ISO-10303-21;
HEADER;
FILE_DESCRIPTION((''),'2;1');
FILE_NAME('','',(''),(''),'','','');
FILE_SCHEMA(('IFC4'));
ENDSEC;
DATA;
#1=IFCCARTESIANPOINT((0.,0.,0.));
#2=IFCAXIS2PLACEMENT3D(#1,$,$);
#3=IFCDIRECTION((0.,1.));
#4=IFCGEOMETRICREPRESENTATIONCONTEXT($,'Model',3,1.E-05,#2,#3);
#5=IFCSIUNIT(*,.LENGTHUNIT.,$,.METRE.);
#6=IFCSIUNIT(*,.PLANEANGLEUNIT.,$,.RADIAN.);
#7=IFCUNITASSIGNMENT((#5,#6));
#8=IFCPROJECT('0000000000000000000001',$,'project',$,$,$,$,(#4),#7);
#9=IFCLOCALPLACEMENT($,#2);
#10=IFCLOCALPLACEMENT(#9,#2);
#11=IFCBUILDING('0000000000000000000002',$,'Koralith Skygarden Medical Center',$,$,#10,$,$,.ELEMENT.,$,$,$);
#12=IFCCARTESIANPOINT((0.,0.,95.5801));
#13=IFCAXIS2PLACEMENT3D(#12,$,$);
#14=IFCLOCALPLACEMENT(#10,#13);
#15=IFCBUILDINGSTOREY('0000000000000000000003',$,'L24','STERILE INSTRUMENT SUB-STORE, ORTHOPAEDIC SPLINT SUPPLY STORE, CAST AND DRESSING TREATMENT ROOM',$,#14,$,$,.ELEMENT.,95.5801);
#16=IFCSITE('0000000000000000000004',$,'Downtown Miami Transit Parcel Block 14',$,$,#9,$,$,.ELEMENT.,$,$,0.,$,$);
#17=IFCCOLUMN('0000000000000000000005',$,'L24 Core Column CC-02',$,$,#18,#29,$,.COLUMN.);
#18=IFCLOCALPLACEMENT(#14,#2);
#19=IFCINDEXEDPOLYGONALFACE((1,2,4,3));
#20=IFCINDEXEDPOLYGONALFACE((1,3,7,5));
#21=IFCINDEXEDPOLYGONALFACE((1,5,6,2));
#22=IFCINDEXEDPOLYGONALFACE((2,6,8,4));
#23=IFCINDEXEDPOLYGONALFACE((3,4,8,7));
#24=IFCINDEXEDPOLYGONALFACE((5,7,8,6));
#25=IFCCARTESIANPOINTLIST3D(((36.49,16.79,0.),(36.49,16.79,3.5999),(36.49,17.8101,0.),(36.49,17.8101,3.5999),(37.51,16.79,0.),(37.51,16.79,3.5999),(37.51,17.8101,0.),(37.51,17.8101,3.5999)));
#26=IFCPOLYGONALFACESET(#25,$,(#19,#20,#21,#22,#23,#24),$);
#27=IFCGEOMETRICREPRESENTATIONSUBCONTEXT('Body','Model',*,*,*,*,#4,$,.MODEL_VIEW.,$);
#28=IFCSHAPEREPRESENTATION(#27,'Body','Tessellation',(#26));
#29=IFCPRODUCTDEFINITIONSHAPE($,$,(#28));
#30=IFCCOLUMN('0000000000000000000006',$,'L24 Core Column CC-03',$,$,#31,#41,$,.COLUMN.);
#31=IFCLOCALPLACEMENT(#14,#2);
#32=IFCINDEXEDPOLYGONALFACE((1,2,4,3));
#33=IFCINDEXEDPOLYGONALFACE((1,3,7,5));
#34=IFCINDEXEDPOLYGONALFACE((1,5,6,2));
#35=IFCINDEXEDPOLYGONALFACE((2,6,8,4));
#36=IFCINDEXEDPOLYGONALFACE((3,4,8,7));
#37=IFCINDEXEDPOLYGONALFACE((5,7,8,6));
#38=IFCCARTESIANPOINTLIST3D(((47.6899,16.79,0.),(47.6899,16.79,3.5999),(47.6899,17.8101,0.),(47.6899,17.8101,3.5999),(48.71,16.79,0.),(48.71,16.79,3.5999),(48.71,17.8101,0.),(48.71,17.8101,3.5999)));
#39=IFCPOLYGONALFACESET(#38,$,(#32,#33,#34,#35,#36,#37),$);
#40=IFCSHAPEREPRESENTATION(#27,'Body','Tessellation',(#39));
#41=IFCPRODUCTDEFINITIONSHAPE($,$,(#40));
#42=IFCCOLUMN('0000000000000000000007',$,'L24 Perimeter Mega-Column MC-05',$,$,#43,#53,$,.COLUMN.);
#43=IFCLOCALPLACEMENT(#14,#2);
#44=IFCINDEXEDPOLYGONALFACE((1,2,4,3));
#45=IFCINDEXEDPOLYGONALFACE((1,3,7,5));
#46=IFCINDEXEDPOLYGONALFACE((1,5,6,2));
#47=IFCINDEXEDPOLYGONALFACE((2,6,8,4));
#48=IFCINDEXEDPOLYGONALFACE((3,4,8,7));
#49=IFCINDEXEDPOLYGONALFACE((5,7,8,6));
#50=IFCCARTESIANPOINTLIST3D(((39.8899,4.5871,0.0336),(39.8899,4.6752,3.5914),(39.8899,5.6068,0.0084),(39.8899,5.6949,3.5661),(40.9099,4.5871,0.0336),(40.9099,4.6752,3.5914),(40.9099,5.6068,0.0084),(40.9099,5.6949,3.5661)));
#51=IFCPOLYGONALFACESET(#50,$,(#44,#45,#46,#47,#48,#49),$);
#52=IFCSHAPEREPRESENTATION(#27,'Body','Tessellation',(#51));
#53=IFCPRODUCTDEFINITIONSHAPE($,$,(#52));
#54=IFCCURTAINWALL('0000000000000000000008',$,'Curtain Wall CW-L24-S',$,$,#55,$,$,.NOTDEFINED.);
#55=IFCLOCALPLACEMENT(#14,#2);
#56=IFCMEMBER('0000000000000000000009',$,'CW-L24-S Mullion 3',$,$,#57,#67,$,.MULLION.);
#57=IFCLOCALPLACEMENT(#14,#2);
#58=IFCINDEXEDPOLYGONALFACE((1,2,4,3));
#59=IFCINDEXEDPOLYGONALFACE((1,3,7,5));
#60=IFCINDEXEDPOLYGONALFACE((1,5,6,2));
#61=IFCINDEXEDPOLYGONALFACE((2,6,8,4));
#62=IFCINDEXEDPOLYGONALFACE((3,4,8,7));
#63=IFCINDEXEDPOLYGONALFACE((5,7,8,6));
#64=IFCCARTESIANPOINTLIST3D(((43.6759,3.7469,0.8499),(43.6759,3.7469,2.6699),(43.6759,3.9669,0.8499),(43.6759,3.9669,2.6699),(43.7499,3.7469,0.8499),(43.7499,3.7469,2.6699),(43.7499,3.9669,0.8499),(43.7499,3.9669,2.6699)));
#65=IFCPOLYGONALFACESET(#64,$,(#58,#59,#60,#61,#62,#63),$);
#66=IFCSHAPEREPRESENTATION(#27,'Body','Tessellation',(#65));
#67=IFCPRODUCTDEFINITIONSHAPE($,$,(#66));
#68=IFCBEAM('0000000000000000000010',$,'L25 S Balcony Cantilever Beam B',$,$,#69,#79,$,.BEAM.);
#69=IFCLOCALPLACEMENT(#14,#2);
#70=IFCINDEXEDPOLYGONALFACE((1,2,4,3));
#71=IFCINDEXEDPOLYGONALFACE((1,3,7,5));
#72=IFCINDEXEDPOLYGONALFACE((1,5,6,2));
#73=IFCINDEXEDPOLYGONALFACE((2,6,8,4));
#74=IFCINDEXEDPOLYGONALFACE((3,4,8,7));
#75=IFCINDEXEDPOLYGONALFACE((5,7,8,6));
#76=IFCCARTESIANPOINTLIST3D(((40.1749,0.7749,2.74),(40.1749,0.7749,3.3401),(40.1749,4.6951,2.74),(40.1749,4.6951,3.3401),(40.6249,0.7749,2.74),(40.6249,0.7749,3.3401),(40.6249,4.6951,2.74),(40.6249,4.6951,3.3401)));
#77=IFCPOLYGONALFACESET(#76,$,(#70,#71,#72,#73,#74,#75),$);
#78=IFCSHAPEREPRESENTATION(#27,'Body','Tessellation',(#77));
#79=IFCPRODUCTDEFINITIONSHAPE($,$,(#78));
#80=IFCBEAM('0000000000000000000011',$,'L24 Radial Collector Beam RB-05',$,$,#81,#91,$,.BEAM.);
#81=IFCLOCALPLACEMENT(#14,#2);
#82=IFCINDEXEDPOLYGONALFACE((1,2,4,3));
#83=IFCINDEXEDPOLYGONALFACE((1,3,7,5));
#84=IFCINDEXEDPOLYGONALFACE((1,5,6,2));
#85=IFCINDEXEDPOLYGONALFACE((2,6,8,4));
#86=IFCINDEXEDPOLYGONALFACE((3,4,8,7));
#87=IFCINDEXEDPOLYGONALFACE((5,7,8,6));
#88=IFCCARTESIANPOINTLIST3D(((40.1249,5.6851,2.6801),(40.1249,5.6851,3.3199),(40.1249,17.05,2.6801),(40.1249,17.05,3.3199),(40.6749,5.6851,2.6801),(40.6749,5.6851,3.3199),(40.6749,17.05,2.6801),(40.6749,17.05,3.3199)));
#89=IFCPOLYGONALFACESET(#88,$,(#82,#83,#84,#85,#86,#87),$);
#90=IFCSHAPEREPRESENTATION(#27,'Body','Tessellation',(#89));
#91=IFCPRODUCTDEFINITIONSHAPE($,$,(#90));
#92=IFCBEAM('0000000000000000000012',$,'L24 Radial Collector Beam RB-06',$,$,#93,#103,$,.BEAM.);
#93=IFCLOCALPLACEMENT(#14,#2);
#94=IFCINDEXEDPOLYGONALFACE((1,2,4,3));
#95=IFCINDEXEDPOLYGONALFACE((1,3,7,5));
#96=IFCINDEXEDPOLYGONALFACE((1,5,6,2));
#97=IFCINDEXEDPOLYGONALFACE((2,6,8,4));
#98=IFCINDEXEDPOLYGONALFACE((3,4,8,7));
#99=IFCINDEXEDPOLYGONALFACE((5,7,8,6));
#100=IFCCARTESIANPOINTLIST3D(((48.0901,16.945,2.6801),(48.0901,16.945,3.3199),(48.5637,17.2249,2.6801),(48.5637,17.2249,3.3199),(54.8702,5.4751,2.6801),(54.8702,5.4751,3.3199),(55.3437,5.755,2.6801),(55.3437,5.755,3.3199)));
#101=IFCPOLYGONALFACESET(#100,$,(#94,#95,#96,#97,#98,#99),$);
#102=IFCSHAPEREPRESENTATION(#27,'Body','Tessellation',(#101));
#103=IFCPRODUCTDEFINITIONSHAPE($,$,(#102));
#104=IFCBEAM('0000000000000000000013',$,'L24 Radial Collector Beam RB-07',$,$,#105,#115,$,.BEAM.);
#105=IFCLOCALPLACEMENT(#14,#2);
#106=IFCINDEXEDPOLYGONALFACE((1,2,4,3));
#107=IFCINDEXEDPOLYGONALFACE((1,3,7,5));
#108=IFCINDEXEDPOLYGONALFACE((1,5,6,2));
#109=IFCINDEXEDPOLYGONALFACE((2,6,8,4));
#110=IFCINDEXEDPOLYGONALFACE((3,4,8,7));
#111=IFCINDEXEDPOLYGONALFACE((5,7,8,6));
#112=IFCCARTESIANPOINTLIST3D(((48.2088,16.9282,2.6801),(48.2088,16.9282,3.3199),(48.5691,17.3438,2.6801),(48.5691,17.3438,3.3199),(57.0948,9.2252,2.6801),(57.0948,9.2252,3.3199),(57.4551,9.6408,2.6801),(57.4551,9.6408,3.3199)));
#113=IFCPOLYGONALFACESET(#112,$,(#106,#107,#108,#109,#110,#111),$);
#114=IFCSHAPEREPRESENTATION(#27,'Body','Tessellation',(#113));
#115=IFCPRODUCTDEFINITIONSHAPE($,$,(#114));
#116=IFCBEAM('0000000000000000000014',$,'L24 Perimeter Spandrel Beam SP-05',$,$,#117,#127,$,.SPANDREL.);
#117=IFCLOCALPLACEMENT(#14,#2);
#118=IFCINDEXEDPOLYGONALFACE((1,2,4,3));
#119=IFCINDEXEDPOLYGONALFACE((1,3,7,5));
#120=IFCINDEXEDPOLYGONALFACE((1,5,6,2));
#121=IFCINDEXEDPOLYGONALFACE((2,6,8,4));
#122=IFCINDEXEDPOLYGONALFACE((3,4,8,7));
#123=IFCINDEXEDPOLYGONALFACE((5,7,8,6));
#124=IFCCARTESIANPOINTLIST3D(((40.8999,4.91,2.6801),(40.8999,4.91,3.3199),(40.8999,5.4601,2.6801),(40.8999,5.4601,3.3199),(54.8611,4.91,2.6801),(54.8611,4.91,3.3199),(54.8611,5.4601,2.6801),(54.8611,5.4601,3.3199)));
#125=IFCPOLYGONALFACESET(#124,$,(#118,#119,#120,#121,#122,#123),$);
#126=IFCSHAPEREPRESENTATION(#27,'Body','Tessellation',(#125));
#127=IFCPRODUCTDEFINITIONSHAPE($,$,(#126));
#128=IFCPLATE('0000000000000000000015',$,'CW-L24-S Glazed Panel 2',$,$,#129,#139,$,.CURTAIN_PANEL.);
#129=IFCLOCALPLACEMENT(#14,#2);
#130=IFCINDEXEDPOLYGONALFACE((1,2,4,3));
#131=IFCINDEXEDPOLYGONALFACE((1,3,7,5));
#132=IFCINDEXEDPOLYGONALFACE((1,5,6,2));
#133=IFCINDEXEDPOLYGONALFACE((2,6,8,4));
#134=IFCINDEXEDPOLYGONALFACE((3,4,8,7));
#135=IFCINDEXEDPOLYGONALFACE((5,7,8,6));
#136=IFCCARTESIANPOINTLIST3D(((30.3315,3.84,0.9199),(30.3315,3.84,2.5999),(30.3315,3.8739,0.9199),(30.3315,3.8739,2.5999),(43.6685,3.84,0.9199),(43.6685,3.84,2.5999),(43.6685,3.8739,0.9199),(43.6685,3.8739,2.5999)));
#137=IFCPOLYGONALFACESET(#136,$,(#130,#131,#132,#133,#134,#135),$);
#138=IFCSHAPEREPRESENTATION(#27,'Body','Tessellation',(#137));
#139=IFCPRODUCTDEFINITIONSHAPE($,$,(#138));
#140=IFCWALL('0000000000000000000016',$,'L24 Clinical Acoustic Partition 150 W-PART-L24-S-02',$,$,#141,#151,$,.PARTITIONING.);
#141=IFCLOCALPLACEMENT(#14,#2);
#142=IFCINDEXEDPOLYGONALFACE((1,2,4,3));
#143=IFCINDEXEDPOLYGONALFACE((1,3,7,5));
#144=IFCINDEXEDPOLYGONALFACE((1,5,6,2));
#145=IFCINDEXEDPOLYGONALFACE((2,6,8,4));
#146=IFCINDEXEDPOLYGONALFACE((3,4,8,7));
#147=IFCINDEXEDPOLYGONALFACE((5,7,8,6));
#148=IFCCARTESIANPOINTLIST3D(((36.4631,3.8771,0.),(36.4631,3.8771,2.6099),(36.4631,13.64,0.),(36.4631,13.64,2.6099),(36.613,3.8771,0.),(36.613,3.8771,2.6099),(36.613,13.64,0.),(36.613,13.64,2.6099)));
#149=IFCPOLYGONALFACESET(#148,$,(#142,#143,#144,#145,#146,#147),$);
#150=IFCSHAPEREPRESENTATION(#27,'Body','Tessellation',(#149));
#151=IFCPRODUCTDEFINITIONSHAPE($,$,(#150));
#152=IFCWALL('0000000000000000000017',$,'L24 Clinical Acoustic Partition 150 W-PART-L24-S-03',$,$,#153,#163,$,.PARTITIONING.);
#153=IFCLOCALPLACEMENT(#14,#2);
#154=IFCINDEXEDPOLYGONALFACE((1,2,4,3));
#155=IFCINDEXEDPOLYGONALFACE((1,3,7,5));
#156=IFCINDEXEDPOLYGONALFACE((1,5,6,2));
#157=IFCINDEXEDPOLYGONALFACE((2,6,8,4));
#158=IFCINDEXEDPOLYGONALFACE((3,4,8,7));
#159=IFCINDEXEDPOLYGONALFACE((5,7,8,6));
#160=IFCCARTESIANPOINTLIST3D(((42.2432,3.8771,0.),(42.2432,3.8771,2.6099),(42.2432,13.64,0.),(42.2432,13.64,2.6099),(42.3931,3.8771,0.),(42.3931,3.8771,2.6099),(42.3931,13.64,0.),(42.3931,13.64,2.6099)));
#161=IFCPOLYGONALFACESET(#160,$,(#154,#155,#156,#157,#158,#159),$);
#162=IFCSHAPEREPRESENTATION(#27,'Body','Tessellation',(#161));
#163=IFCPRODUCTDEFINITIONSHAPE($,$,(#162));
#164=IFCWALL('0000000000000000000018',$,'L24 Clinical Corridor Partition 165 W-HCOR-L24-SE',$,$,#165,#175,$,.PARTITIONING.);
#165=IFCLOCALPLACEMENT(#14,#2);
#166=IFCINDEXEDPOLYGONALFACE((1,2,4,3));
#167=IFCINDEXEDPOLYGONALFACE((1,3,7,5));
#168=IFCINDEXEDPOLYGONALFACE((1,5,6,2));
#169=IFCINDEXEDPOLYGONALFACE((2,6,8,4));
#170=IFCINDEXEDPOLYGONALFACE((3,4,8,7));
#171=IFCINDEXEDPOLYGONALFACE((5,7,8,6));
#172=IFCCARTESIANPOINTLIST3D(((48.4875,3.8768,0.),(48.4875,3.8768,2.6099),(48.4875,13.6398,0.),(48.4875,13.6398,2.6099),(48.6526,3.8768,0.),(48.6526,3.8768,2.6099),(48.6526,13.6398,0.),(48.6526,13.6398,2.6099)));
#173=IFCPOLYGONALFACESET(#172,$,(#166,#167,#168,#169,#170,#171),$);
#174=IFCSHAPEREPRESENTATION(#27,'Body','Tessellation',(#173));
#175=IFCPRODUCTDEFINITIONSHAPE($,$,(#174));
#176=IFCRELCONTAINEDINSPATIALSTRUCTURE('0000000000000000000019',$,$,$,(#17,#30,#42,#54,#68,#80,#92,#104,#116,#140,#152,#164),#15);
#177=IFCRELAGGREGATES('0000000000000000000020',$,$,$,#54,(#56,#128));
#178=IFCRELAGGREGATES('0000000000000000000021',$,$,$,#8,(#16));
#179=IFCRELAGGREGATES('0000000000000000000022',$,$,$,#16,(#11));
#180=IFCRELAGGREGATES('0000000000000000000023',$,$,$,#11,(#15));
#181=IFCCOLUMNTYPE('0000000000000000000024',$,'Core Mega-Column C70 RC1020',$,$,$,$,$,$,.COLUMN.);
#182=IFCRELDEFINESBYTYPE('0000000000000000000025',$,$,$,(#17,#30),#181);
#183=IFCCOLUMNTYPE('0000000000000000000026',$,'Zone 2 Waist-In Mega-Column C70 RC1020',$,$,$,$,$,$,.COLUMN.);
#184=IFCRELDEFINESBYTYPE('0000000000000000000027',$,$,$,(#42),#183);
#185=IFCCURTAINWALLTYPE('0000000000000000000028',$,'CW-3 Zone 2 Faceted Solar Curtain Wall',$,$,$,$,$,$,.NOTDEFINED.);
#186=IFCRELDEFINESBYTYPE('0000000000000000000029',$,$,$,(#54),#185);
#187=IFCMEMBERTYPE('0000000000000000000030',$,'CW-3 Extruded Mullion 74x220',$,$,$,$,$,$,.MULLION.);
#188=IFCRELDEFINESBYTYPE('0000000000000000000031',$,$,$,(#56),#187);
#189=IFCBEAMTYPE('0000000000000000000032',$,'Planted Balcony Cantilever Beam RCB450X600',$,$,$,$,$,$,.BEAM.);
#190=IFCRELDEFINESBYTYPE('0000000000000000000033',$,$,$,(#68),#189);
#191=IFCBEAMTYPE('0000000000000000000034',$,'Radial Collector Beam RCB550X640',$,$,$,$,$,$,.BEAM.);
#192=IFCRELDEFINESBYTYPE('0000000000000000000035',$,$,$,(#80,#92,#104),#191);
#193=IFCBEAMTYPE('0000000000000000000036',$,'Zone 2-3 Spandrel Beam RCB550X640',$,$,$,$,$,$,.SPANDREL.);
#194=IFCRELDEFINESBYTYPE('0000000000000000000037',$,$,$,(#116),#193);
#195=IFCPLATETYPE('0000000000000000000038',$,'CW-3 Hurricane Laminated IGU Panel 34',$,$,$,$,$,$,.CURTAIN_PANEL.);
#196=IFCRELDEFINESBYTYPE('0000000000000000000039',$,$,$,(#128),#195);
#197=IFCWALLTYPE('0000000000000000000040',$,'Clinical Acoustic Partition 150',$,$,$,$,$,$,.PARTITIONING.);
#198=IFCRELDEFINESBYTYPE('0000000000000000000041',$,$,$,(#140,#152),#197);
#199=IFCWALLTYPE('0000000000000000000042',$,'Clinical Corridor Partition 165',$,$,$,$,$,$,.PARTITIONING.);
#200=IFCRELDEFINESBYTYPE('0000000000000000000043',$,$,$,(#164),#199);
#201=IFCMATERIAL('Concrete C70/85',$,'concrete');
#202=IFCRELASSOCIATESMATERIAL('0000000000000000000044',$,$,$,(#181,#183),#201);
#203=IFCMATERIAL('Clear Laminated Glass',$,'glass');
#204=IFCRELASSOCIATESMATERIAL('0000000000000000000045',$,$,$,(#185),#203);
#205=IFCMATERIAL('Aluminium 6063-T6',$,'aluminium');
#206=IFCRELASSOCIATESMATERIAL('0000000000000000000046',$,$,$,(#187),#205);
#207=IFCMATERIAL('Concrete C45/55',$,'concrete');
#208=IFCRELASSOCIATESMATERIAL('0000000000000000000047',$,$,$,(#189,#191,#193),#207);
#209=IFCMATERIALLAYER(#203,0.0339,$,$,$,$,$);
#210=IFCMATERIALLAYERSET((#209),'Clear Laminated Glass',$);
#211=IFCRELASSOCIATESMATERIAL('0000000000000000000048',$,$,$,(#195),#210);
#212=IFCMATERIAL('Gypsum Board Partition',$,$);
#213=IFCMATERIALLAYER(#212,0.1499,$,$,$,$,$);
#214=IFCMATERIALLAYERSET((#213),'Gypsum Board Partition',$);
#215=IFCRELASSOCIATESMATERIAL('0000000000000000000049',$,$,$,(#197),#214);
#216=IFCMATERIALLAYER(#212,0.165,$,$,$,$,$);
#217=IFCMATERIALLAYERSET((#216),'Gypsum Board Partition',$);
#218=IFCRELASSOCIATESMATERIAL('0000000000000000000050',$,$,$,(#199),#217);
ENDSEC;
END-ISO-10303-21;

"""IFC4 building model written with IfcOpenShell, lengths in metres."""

from ifc_helpers import new_model, si_unit, direction, frame, frame_2d, origin, origin_2d, place, context, subcontext, project, spatial, rectangle, extrude, material, layer, layer_set, material_profile, profile_set, type_object, element, aggregate, save


model = new_model("IFC4")

# Units and contexts
model_context = context("Model", 3, precision=1e-05, world=origin(), true_north=direction((0.0, 1.0)))
body_context = subcontext(model_context, "Body", "Model", "MODEL_VIEW")
ifc_project = project(units=[si_unit("LENGTHUNIT", "METRE"), si_unit("PLANEANGLEUNIT", "RADIAN")], contexts=[model_context])

# Site, building, storey
site_placement = place(None, origin())
site = spatial("IfcSite", under=ifc_project, at=site_placement, Name="Downtown Miami Transit Parcel Block 14", CompositionType="ELEMENT", RefElevation=0.0)
building_placement = place(site_placement, origin())
building = spatial("IfcBuilding", under=site, at=building_placement, Name="Koralith Skygarden Medical Center", CompositionType="ELEMENT")
storey_placement = place(building_placement, frame((0.0, 0.0, 95.5801)))
storey = spatial("IfcBuildingStorey", under=building, at=storey_placement, Name="L24", Description="STERILE INSTRUMENT SUB-STORE, ORTHOPAEDIC SPLINT SUPPLY STORE, CAST AND DRESSING TREATMENT ROOM", CompositionType="ELEMENT", Elevation=95.5801)

# Columns
ifc_material_1 = material(Name="Concrete C70/85", Category="concrete")
ifc_material_profile_1 = material_profile(ifc_material_1, rectangle(XDim=1.02, YDim=1.02, at=origin_2d()), Name="RC1020X1020")
ifc_profile_set_1 = profile_set([ifc_material_profile_1], Name="Concrete C70/85")
column_type_1 = type_object("IfcColumnType", Name="Core Mega-Column C70 RC1020", PredefinedType="COLUMN", material=ifc_profile_set_1)
for number, where, z_axis, x_axis, name in (
    (1, (37.0, 17.3, 0.0), (0.0, 0.0, 1.0), (1.0, 0.0, 0.0), "L24 Core Column CC-02"),
    (2, (48.2, 17.3, 0.0), (0.0, 0.0, 1.0), (1.0, 0.0, 0.0), "L24 Core Column CC-03"),
):
    element("IfcColumn", number, at=place(storey_placement, frame(where, z_axis=z_axis, x_axis=x_axis)), inside=storey, type_object=column_type_1, Name=name, PredefinedType="COLUMN", context=body_context, shape_type="SweptSolid", body=[
        extrude(rectangle(XDim=1.02, YDim=1.02, at=origin_2d()), origin(), (0.0, 0.0, 1.0), 3.5999),
    ])
ifc_material_profile_2 = material_profile(ifc_material_1, rectangle(XDim=1.02, YDim=1.02, at=origin_2d()), Name="RC1020X1020")
ifc_profile_set_2 = profile_set([ifc_material_profile_2], Name="Concrete C70/85")
column_type_2 = type_object("IfcColumnType", Name="Zone 2 Waist-In Mega-Column C70 RC1020", PredefinedType="COLUMN", material=ifc_profile_set_2)
column_placement = place(storey_placement, frame((40.3999, 5.0969, 0.021), z_axis=(0.0, 0.024764, 0.999693), x_axis=(-1.0, 0.0, 0.0)))
element("IfcColumn", 3, at=column_placement, inside=storey, type_object=column_type_2, Name="L24 Perimeter Mega-Column MC-05", PredefinedType="COLUMN", context=body_context, shape_type="SweptSolid", body=[
    extrude(rectangle(XDim=1.02, YDim=1.02, at=origin_2d()), origin(), (0.0, 0.0, 1.0), 3.5588),
])

# Curtain wall, member
ifc_material_2 = material(Name="Clear Laminated Glass", Category="glass")
curtain_wall_type = type_object("IfcCurtainWallType", Name="CW-3 Zone 2 Faceted Solar Curtain Wall", PredefinedType="NOTDEFINED", material=ifc_material_2)
curtain_wall_placement = place(storey_placement, origin())
curtain_wall = element("IfcCurtainWall", 4, at=curtain_wall_placement, inside=storey, type_object=curtain_wall_type, Name="Curtain Wall CW-L24-S", PredefinedType="NOTDEFINED")
ifc_material_3 = material(Name="Aluminium 6063-T6", Category="aluminium")
ifc_material_profile_3 = material_profile(ifc_material_3, rectangle(XDim=0.074, YDim=0.22, at=origin_2d()), Name="MUL74X220")
ifc_profile_set_3 = profile_set([ifc_material_profile_3], Name="Aluminium 6063-T6")
member_type = type_object("IfcMemberType", Name="CW-3 Extruded Mullion 74x220", PredefinedType="MULLION", material=ifc_profile_set_3)
member_placement = place(storey_placement, frame((43.7129, 3.8569, 0.8499), z_axis=(0.0, 0.0, 1.0), x_axis=(1.0, 0.0, 0.0)))
member = element("IfcMember", 5, at=member_placement, type_object=member_type, Name="CW-L24-S Mullion 3", PredefinedType="MULLION", context=body_context, shape_type="SweptSolid", body=[
    extrude(rectangle(XDim=0.074, YDim=0.22, at=origin_2d()), origin(), (0.0, 0.0, 1.0), 1.8201),
])

# Beams
ifc_material_4 = material(Name="Concrete C45/55", Category="concrete")
ifc_material_profile_4 = material_profile(ifc_material_4, rectangle(XDim=0.45, YDim=0.6001, at=origin_2d()), Name="RCB450X600")
ifc_profile_set_4 = profile_set([ifc_material_profile_4], Name="Concrete C45/55")
beam_type_1 = type_object("IfcBeamType", Name="Planted Balcony Cantilever Beam RCB450X600", PredefinedType="BEAM", material=ifc_profile_set_4)
beam_1_placement = place(storey_placement, frame((40.3999, 4.6951, 3.04), z_axis=(0.0, -1.0, 0.0), x_axis=(1.0, 0.0, 0.0)))
element("IfcBeam", 6, at=beam_1_placement, inside=storey, type_object=beam_type_1, Name="L25 S Balcony Cantilever Beam B", PredefinedType="BEAM", context=body_context, shape_type="SweptSolid", body=[
    extrude(rectangle(XDim=0.45, YDim=0.6001, at=origin_2d()), origin(), (0.0, 0.0, 1.0), 3.9202),
])
ifc_material_profile_5 = material_profile(ifc_material_4, rectangle(XDim=0.55, YDim=0.6399, at=origin_2d()), Name="RCB550X640")
ifc_profile_set_5 = profile_set([ifc_material_profile_5], Name="Concrete C45/55")
beam_type_2 = type_object("IfcBeamType", Name="Radial Collector Beam RCB550X640", PredefinedType="BEAM", material=ifc_profile_set_5)
beam_2_placement = place(storey_placement, frame((40.3999, 17.05, 3.0), z_axis=(0.0, -1.0, 0.0), x_axis=(1.0, 0.0, 0.0)))
element("IfcBeam", 7, at=beam_2_placement, inside=storey, type_object=beam_type_2, Name="L24 Radial Collector Beam RB-05", PredefinedType="BEAM", context=body_context, shape_type="SweptSolid", body=[
    extrude(rectangle(XDim=0.55, YDim=0.6399, at=origin_2d()), origin(), (0.0, 0.0, 1.0), 11.365),
])
beam_3_placement = place(storey_placement, frame((48.3269, 17.085, 3.0), z_axis=(0.508858, -0.86085, 0.0), x_axis=(0.86085, 0.508858, 0.0)))
element("IfcBeam", 8, at=beam_3_placement, inside=storey, type_object=beam_type_2, Name="L24 Radial Collector Beam RB-06", PredefinedType="BEAM", context=body_context, shape_type="SweptSolid", body=[
    extrude(rectangle(XDim=0.55, YDim=0.6399, at=origin_2d()), origin(), (0.0, 0.0, 1.0), 13.324),
])
beam_4_placement = place(storey_placement, frame((48.3889, 17.136, 3.0), z_axis=(0.755618, -0.655013, 0.0), x_axis=(0.655013, 0.755618, 0.0)))
element("IfcBeam", 9, at=beam_4_placement, inside=storey, type_object=beam_type_2, Name="L24 Radial Collector Beam RB-07", PredefinedType="BEAM", context=body_context, shape_type="SweptSolid", body=[
    extrude(rectangle(XDim=0.55, YDim=0.6399, at=origin_2d()), origin(), (0.0, 0.0, 1.0), 11.76),
])
ifc_material_profile_6 = material_profile(ifc_material_4, rectangle(XDim=0.55, YDim=0.6399, at=origin_2d()), Name="RCB550X640")
ifc_profile_set_6 = profile_set([ifc_material_profile_6], Name="Concrete C45/55")
beam_type_3 = type_object("IfcBeamType", Name="Zone 2-3 Spandrel Beam RCB550X640", PredefinedType="SPANDREL", material=ifc_profile_set_6)
beam_5_placement = place(storey_placement, frame((40.8999, 5.1851, 3.0), z_axis=(1.0, 0.0, 0.0), x_axis=(0.0, 1.0, 0.0)))
element("IfcBeam", 10, at=beam_5_placement, inside=storey, type_object=beam_type_3, Name="L24 Perimeter Spandrel Beam SP-05", PredefinedType="SPANDREL", context=body_context, shape_type="SweptSolid", body=[
    extrude(rectangle(XDim=0.55, YDim=0.6399, at=origin_2d()), origin(), (0.0, 0.0, 1.0), 13.9612),
])

# Plate
ifc_layer_1 = layer(ifc_material_2, 0.0339)
ifc_layer_set_1 = layer_set([ifc_layer_1], Name="Clear Laminated Glass")
plate_type = type_object("IfcPlateType", Name="CW-3 Hurricane Laminated IGU Panel 34", PredefinedType="CURTAIN_PANEL", material=ifc_layer_set_1)
plate_placement = place(storey_placement, frame((37.0, 3.8569, 0.9199), z_axis=(0.0, 0.0, 1.0), x_axis=(1.0, 0.0, 0.0)))
plate = element("IfcPlate", 11, at=plate_placement, type_object=plate_type, Name="CW-L24-S Glazed Panel 2", PredefinedType="CURTAIN_PANEL", context=body_context, shape_type="SweptSolid", body=[
    extrude(rectangle(XDim=13.3369, YDim=0.0339, at=origin_2d()), origin(), (0.0, 0.0, 1.0), 1.6799),
])
aggregate(curtain_wall, [member, plate])

# Walls
ifc_material_5 = material(Name="Gypsum Board Partition")
ifc_layer_2 = layer(ifc_material_5, 0.1499)
ifc_layer_set_2 = layer_set([ifc_layer_2], Name="Gypsum Board Partition")
wall_type_1 = type_object("IfcWallType", Name="Clinical Acoustic Partition 150", PredefinedType="PARTITIONING", material=ifc_layer_set_2)
for number, where, z_axis, x_axis, name in (
    (12, (36.5381, 13.6399, 0.0), (0.0, 0.0, 1.0), (0.0, -1.0, 0.0), "L24 Clinical Acoustic Partition 150 W-PART-L24-S-02"),
    (13, (42.3181, 13.6399, 0.0), (0.0, 0.0, 1.0), (0.0, -1.0, 0.0), "L24 Clinical Acoustic Partition 150 W-PART-L24-S-03"),
):
    element("IfcWall", number, at=place(storey_placement, frame(where, z_axis=z_axis, x_axis=x_axis)), inside=storey, type_object=wall_type_1, Name=name, PredefinedType="PARTITIONING", context=body_context, shape_type="SweptSolid", body=[
        extrude(rectangle(XDim=9.7629, YDim=0.1499, at=frame_2d((4.8813, 0.0))), origin(), (0.0, 0.0, 1.0), 2.6099),
    ])
ifc_layer_3 = layer(ifc_material_5, 0.165)
ifc_layer_set_3 = layer_set([ifc_layer_3], Name="Gypsum Board Partition")
wall_type_2 = type_object("IfcWallType", Name="Clinical Corridor Partition 165", PredefinedType="PARTITIONING", material=ifc_layer_set_3)
wall_1_placement = place(storey_placement, frame((48.5701, 3.877, 0.0), z_axis=(0.0, 0.0, 1.0), x_axis=(0.0, 1.0, 0.0)))
element("IfcWall", 14, at=wall_1_placement, inside=storey, type_object=wall_type_2, Name="L24 Clinical Corridor Partition 165 W-HCOR-L24-SE", PredefinedType="PARTITIONING", context=body_context, shape_type="SweptSolid", body=[
    extrude(rectangle(XDim=9.7629, YDim=0.165, at=frame_2d((4.8813, 0.0))), origin(), (0.0, 0.0, 1.0), 2.6099),
])

save(model, "model.ifc")
